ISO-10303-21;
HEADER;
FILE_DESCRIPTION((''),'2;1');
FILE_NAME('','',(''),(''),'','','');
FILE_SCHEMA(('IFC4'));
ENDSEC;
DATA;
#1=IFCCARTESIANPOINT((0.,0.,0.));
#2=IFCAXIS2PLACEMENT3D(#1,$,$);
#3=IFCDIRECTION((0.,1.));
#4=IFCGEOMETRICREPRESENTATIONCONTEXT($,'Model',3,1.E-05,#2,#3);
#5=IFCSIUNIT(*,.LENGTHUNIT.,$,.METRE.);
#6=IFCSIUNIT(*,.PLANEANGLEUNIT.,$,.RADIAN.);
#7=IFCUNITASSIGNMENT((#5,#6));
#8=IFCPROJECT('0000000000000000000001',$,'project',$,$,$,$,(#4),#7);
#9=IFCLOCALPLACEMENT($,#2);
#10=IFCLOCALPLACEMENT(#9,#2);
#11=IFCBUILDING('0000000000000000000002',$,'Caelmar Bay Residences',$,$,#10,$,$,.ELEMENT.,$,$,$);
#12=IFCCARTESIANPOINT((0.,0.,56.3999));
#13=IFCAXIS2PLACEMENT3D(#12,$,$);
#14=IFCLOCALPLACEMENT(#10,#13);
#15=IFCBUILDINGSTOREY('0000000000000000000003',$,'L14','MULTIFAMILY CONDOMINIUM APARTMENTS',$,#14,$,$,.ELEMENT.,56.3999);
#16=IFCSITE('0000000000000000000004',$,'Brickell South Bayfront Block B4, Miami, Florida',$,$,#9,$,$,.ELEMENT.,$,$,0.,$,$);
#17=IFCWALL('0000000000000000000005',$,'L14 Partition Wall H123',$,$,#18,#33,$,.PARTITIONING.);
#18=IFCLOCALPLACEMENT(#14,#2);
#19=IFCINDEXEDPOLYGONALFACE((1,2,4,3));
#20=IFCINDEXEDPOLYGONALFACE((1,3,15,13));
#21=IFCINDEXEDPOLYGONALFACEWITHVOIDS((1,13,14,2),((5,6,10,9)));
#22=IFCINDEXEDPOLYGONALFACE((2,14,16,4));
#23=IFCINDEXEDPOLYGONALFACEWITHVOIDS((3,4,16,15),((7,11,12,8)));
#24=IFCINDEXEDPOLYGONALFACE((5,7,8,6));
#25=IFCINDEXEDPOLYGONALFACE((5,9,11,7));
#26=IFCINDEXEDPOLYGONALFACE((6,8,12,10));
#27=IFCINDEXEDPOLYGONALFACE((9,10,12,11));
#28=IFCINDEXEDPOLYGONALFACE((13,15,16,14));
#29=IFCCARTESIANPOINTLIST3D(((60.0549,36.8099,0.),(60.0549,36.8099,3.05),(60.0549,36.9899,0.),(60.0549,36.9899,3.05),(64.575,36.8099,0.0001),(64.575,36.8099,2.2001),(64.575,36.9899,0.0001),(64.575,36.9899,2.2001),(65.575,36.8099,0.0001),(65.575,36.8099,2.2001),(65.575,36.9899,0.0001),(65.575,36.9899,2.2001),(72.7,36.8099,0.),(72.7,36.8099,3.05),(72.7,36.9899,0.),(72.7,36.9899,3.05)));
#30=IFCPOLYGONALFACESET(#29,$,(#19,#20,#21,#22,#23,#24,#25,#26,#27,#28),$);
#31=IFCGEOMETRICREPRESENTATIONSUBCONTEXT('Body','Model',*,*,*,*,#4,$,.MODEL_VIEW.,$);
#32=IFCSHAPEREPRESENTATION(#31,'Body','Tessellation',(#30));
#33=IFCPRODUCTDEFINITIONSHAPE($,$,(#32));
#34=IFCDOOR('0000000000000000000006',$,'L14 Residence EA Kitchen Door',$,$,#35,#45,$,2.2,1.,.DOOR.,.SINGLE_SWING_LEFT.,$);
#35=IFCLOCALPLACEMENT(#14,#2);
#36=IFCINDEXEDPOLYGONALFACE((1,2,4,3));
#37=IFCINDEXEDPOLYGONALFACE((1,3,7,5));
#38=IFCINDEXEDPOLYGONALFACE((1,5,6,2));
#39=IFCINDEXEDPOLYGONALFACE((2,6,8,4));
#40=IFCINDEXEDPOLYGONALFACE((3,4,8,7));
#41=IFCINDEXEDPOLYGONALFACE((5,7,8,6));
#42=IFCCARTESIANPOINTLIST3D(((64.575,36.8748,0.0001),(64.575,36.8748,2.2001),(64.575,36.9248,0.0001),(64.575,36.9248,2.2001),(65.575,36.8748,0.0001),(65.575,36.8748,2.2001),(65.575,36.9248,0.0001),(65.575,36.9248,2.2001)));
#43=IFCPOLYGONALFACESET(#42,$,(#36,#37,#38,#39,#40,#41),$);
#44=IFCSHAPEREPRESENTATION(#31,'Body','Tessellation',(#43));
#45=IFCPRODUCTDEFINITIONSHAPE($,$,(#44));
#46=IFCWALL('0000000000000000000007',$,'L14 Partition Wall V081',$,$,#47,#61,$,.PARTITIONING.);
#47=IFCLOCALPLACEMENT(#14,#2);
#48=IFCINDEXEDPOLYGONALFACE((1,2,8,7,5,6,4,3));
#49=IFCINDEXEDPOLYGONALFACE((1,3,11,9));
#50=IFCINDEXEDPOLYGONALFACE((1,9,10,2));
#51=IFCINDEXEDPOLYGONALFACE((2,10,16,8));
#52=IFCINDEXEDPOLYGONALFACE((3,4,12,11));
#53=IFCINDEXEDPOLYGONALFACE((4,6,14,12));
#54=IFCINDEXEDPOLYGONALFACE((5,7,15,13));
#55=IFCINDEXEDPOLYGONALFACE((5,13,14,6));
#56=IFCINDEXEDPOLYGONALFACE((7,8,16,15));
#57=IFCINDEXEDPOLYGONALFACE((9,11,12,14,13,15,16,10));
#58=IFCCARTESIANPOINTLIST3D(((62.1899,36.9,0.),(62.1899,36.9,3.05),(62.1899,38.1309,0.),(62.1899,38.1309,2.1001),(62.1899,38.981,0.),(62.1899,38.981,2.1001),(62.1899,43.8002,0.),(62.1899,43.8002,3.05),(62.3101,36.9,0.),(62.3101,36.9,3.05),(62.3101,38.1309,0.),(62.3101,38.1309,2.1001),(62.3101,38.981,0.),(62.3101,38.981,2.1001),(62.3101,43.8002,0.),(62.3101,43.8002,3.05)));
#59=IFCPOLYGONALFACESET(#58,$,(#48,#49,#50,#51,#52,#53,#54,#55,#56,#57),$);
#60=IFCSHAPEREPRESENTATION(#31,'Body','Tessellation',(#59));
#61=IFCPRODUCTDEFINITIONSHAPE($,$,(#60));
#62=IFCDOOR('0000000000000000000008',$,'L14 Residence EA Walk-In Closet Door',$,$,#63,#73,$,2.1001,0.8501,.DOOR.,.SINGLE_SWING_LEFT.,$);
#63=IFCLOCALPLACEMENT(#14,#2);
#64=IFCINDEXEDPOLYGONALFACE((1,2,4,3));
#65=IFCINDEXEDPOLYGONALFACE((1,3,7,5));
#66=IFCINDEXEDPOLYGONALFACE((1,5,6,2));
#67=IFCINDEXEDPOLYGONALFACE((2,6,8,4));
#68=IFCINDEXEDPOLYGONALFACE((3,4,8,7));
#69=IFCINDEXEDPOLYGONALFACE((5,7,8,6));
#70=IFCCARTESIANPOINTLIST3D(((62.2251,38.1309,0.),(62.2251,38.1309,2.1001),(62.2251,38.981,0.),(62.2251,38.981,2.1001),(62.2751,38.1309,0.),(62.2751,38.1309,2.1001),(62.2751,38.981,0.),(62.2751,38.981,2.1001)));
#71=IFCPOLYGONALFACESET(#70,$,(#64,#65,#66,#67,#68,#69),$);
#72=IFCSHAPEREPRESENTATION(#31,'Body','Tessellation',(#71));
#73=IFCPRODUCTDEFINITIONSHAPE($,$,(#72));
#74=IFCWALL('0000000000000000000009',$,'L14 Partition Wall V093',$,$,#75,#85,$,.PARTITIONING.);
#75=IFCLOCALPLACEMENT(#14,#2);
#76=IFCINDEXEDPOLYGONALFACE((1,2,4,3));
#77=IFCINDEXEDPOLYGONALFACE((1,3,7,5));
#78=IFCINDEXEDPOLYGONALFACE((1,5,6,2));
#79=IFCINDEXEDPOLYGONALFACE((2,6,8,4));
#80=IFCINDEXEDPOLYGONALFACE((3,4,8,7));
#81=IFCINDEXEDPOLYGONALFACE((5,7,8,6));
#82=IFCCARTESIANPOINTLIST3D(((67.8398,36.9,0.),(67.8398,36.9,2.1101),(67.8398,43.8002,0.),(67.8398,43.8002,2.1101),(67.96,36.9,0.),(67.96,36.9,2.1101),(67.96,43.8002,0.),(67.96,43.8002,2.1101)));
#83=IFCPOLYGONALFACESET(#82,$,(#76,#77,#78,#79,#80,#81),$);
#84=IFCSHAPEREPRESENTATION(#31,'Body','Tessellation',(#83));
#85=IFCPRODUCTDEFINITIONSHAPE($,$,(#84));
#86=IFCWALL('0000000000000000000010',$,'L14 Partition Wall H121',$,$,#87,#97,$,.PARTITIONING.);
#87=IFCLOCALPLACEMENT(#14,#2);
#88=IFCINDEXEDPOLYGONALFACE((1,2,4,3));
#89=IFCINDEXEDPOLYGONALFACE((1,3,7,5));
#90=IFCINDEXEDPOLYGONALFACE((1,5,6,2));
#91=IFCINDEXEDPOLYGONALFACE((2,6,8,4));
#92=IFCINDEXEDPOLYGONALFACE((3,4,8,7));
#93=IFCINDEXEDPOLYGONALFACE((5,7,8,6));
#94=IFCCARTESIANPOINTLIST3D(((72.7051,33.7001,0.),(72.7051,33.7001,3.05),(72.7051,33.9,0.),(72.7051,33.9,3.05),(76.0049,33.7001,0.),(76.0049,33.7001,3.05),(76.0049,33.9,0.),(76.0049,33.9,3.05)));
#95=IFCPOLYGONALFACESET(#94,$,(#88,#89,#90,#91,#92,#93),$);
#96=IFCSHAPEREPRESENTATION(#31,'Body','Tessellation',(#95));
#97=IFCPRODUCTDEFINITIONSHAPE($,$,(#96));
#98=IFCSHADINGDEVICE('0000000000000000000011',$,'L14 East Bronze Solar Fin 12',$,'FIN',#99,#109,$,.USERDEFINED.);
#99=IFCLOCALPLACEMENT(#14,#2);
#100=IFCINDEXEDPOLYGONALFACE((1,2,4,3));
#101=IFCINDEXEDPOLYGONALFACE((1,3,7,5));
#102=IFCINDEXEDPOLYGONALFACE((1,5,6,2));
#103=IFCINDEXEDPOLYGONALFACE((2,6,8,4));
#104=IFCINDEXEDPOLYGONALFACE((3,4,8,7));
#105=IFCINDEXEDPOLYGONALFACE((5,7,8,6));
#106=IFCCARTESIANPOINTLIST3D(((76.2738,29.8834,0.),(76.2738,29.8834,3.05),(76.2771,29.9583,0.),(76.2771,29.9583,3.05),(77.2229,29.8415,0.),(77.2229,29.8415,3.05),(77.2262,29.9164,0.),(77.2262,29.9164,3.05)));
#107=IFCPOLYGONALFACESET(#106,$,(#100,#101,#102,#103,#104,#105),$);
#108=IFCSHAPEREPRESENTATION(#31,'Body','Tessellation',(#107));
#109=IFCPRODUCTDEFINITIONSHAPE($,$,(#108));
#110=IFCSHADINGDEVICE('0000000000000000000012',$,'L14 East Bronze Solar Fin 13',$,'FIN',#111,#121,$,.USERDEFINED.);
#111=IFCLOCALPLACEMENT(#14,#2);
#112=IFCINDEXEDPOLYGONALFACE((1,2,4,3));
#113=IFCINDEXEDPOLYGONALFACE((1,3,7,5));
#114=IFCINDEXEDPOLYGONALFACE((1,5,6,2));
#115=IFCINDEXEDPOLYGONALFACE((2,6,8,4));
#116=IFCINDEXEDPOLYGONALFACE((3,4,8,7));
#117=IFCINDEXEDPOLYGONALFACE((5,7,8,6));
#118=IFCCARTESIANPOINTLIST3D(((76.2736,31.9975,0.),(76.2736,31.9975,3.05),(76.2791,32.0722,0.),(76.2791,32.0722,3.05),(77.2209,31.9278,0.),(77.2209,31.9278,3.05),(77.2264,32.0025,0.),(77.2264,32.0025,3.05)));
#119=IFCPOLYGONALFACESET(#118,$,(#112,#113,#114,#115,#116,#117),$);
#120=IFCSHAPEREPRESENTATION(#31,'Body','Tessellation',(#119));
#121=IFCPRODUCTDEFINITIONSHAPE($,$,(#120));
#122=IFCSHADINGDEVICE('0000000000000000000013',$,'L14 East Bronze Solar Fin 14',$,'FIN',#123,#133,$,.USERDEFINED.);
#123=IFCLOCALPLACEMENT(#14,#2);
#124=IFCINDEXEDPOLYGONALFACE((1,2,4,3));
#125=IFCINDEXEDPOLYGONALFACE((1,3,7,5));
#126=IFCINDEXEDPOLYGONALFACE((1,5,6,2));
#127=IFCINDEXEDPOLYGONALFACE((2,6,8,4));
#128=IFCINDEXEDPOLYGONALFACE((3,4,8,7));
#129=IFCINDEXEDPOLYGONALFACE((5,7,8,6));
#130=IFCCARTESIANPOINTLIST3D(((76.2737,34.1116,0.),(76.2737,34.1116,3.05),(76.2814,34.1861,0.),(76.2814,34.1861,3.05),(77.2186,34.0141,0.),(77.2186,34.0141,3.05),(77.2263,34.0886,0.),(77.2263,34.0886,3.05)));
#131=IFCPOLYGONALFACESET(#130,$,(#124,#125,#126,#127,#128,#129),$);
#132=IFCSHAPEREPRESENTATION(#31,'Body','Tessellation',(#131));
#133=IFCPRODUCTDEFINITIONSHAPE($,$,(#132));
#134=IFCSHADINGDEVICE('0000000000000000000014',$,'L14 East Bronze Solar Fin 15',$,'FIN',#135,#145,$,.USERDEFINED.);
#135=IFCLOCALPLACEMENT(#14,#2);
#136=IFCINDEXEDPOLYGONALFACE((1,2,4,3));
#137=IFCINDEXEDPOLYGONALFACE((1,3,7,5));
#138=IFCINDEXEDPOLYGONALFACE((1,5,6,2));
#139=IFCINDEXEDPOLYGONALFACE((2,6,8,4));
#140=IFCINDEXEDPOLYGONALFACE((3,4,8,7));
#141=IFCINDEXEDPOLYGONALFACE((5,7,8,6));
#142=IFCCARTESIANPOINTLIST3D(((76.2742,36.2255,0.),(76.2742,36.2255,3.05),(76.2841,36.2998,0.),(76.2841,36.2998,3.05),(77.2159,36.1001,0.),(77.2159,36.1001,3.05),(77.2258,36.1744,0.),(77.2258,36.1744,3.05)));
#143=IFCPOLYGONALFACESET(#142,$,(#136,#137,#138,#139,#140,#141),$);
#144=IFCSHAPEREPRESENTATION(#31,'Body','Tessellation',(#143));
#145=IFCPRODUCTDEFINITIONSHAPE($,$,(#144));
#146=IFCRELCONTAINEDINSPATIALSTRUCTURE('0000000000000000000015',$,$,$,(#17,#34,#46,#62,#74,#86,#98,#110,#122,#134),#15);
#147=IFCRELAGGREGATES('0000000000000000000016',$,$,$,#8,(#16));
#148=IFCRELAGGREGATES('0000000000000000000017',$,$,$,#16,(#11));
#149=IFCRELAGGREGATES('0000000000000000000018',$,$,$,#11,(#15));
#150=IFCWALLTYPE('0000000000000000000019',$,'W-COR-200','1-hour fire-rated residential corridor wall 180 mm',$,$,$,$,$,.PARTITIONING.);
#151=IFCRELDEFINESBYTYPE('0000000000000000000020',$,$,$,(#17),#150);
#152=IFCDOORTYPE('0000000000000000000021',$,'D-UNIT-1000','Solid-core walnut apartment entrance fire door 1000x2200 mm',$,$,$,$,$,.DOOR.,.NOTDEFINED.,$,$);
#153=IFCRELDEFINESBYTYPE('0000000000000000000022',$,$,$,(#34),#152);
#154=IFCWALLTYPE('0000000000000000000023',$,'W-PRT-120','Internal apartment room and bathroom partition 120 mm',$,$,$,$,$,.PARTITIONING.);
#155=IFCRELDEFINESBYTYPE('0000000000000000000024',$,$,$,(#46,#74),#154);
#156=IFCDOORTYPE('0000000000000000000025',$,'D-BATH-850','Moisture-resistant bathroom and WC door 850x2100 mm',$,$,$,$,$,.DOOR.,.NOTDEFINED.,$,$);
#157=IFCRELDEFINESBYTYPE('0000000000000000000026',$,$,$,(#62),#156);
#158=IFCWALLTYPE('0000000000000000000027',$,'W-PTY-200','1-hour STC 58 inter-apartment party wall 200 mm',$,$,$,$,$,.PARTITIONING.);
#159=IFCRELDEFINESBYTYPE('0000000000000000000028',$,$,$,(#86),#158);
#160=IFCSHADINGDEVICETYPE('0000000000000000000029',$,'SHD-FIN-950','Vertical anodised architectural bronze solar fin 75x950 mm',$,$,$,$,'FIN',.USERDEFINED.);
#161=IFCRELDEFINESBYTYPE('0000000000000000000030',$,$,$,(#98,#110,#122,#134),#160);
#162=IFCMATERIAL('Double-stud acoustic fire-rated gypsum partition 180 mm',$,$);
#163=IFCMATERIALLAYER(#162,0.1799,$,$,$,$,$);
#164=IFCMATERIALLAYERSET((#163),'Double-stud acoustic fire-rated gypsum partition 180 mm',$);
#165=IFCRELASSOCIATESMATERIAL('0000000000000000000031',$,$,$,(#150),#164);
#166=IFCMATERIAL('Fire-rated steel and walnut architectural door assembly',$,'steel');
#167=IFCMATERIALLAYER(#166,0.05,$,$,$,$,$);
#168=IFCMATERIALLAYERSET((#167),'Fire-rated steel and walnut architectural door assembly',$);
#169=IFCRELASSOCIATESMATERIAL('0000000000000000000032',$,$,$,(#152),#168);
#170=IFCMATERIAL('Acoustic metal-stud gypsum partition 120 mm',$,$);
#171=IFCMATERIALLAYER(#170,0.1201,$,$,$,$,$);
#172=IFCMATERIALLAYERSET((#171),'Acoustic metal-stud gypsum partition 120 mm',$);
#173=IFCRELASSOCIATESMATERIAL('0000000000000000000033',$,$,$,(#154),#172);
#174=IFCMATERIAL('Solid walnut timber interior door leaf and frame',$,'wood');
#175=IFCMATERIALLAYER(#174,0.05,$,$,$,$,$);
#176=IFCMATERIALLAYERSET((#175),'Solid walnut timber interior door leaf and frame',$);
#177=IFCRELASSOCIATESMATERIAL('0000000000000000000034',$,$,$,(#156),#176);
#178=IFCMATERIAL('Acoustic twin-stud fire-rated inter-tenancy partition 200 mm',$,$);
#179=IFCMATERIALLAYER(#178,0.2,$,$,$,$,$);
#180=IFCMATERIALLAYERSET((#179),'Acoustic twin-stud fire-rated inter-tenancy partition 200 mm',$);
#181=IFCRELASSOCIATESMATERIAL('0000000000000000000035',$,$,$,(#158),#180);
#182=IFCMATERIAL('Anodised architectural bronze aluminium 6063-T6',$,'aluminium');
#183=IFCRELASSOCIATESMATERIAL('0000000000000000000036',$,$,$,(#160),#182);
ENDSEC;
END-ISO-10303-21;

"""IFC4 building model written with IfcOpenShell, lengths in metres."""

from ifc_helpers import new_model, si_unit, direction, frame, frame_2d, origin, origin_2d, place, context, subcontext, project, spatial, rectangle, extrude, material, layer, layer_set, material_profile, profile_set, type_object, element, fill, save


model = new_model("IFC4")

# Units and contexts
model_context = context("Model", 3, precision=1e-05, world=origin(), true_north=direction((0.0, 1.0)))
body_context = subcontext(model_context, "Body", "Model", "MODEL_VIEW")
ifc_project = project(units=[si_unit("LENGTHUNIT", "METRE"), si_unit("PLANEANGLEUNIT", "RADIAN")], contexts=[model_context])

# Site, building, storey
site_placement = place(None, origin())
site = spatial("IfcSite", under=ifc_project, at=site_placement, Name="Brickell South Bayfront Block B4, Miami, Florida", CompositionType="ELEMENT", RefElevation=0.0)
building_placement = place(site_placement, origin())
building = spatial("IfcBuilding", under=site, at=building_placement, Name="Caelmar Bay Residences", CompositionType="ELEMENT")
storey_placement = place(building_placement, frame((0.0, 0.0, 56.3999)))
storey = spatial("IfcBuildingStorey", under=building, at=storey_placement, Name="L14", Description="MULTIFAMILY CONDOMINIUM APARTMENTS", CompositionType="ELEMENT", Elevation=56.3999)

# Shared definitions
ifc_material_1 = material(Name="Double-stud acoustic fire-rated gypsum partition 180 mm")
ifc_layer_1 = layer(ifc_material_1, 0.1799)
ifc_layer_set_1 = layer_set([ifc_layer_1], Name="Double-stud acoustic fire-rated gypsum partition 180 mm")
wall_type_1 = type_object("IfcWallType", Name="W-COR-200", Description="1-hour fire-rated residential corridor wall 180 mm", PredefinedType="PARTITIONING", material=ifc_layer_set_1)

# Walls, openings, doors
wall_1_placement = place(storey_placement, frame((60.0549, 36.8999, 0.0), z_axis=(0.0, 0.0, 1.0), x_axis=(1.0, 0.0, 0.0)))
wall_1 = element("IfcWall", 1, at=wall_1_placement, inside=storey, type_object=wall_type_1, Name="L14 Partition Wall H123", PredefinedType="PARTITIONING", context=body_context, shape_type="SweptSolid", body=[
    extrude(rectangle(XDim=12.645, YDim=0.1799, at=frame_2d((6.3225, 0.0))), origin(), (0.0, 0.0, 1.0), 3.05),
])
opening_1_placement = place(wall_1_placement, frame((4.52, 0.0, 0.0)))
opening_1 = element("IfcOpeningElement", 2, at=opening_1_placement, cuts=wall_1, PredefinedType="OPENING", context=body_context, shape_type="SweptSolid", body=[
    extrude(rectangle(XDim=1.0, YDim=2.2, at=frame_2d((0.5, 1.1001))), frame((0.0, 0.0999, 0.0), z_axis=(0.0, -1.0, 0.0), x_axis=(1.0, 0.0, 0.0)), (0.0, 0.0, 1.0), 0.2),
])
ifc_material_2 = material(Name="Fire-rated steel and walnut architectural door assembly", Category="steel")
ifc_layer_2 = layer(ifc_material_2, 0.05)
ifc_layer_set_2 = layer_set([ifc_layer_2], Name="Fire-rated steel and walnut architectural door assembly")
door_type_1 = type_object("IfcDoorType", Name="D-UNIT-1000", Description="Solid-core walnut apartment entrance fire door 1000x2200 mm", OperationType="NOTDEFINED", PredefinedType="DOOR", material=ifc_layer_set_2)
door_1_placement = place(opening_1_placement, origin())
door_1 = element("IfcDoor", 3, at=door_1_placement, inside=storey, type_object=door_type_1, Name="L14 Residence EA Kitchen Door", OperationType="SINGLE_SWING_LEFT", OverallHeight=2.2, OverallWidth=1.0, PredefinedType="DOOR", context=body_context, shape_type="SweptSolid", body=[
    extrude(rectangle(XDim=1.0, YDim=2.2, at=frame_2d((0.5, 1.1001))), frame((0.0, 0.0249, 0.0), z_axis=(0.0, -1.0, 0.0), x_axis=(1.0, 0.0, 0.0)), (0.0, 0.0, 1.0), 0.05),
])
fill(opening_1, door_1)
ifc_material_3 = material(Name="Acoustic metal-stud gypsum partition 120 mm")
ifc_layer_3 = layer(ifc_material_3, 0.1201)
ifc_layer_set_3 = layer_set([ifc_layer_3], Name="Acoustic metal-stud gypsum partition 120 mm")
wall_type_2 = type_object("IfcWallType", Name="W-PRT-120", Description="Internal apartment room and bathroom partition 120 mm", PredefinedType="PARTITIONING", material=ifc_layer_set_3)
wall_2_placement = place(storey_placement, frame((62.25, 36.8999, 0.0), z_axis=(0.0, 0.0, 1.0), x_axis=(0.0, 1.0, 0.0)))
wall_2 = element("IfcWall", 4, at=wall_2_placement, inside=storey, type_object=wall_type_2, Name="L14 Partition Wall V081", PredefinedType="PARTITIONING", context=body_context, shape_type="SweptSolid", body=[
    extrude(rectangle(XDim=6.9001, YDim=0.1201, at=frame_2d((3.4502, 0.0))), origin(), (0.0, 0.0, 1.0), 3.05),
])
opening_2_placement = place(wall_2_placement, frame((1.231, 0.0, 0.0)))
opening_2 = element("IfcOpeningElement", 5, at=opening_2_placement, cuts=wall_2, PredefinedType="OPENING", context=body_context, shape_type="SweptSolid", body=[
    extrude(rectangle(XDim=0.8501, YDim=2.1001, at=frame_2d((0.425, 1.05))), frame((0.0, 0.0701, 0.0), z_axis=(0.0, -1.0, 0.0), x_axis=(1.0, 0.0, 0.0)), (0.0, 0.0, 1.0), 0.1401),
])
ifc_material_4 = material(Name="Solid walnut timber interior door leaf and frame", Category="wood")
ifc_layer_4 = layer(ifc_material_4, 0.05)
ifc_layer_set_4 = layer_set([ifc_layer_4], Name="Solid walnut timber interior door leaf and frame")
door_type_2 = type_object("IfcDoorType", Name="D-BATH-850", Description="Moisture-resistant bathroom and WC door 850x2100 mm", OperationType="NOTDEFINED", PredefinedType="DOOR", material=ifc_layer_set_4)
door_2_placement = place(opening_2_placement, origin())
door_2 = element("IfcDoor", 6, at=door_2_placement, inside=storey, type_object=door_type_2, Name="L14 Residence EA Walk-In Closet Door", OperationType="SINGLE_SWING_LEFT", OverallHeight=2.1001, OverallWidth=0.8501, PredefinedType="DOOR", context=body_context, shape_type="SweptSolid", body=[
    extrude(rectangle(XDim=0.8501, YDim=2.1001, at=frame_2d((0.425, 1.05))), frame((0.0, 0.0249, 0.0), z_axis=(0.0, -1.0, 0.0), x_axis=(1.0, 0.0, 0.0)), (0.0, 0.0, 1.0), 0.05),
])
fill(opening_2, door_2)

# Walls
wall_3_placement = place(storey_placement, frame((67.8999, 36.8999, 0.0), z_axis=(0.0, 0.0, 1.0), x_axis=(0.0, 1.0, 0.0)))
element("IfcWall", 7, at=wall_3_placement, inside=storey, type_object=wall_type_2, Name="L14 Partition Wall V093", PredefinedType="PARTITIONING", context=body_context, shape_type="SweptSolid", body=[
    extrude(rectangle(XDim=6.9001, YDim=0.1201, at=frame_2d((3.4502, 0.0))), origin(), (0.0, 0.0, 1.0), 2.1101),
])
ifc_material_5 = material(Name="Acoustic twin-stud fire-rated inter-tenancy partition 200 mm")
ifc_layer_5 = layer(ifc_material_5, 0.2)
ifc_layer_set_5 = layer_set([ifc_layer_5], Name="Acoustic twin-stud fire-rated inter-tenancy partition 200 mm")
wall_type_3 = type_object("IfcWallType", Name="W-PTY-200", Description="1-hour STC 58 inter-apartment party wall 200 mm", PredefinedType="PARTITIONING", material=ifc_layer_set_5)
wall_4_placement = place(storey_placement, frame((72.7051, 33.8, 0.0), z_axis=(0.0, 0.0, 1.0), x_axis=(1.0, 0.0, 0.0)))
element("IfcWall", 8, at=wall_4_placement, inside=storey, type_object=wall_type_3, Name="L14 Partition Wall H121", PredefinedType="PARTITIONING", context=body_context, shape_type="SweptSolid", body=[
    extrude(rectangle(XDim=3.2998, YDim=0.2, at=frame_2d((1.6499, 0.0))), origin(), (0.0, 0.0, 1.0), 3.05),
])

# Shading devices
ifc_material_6 = material(Name="Anodised architectural bronze aluminium 6063-T6", Category="aluminium")
ifc_material_profile_1 = material_profile(ifc_material_6, rectangle(XDim=0.075, YDim=0.95, at=origin_2d()), Name="BRONZE-FIN-75X950")
ifc_profile_set_1 = profile_set([ifc_material_profile_1], Name="Anodised architectural bronze aluminium 6063-T6")
shading_device_type = type_object("IfcShadingDeviceType", Name="SHD-FIN-950", Description="Vertical anodised architectural bronze solar fin 75x950 mm", ElementType="FIN", PredefinedType="USERDEFINED", material=ifc_profile_set_1)
for number, where, z_axis, x_axis, name in (
    (9, (76.75, 29.8999, 0.0), (0.0, 0.0, 1.0), (0.044142, 0.999025, 0.0), "L14 East Bronze Solar Fin 12"),
    (10, (76.75, 32.0, 0.0), (0.0, 0.0, 1.0), (0.073412, 0.997302, 0.0), "L14 East Bronze Solar Fin 13"),
    (11, (76.75, 34.1001, 0.0), (0.0, 0.0, 1.0), (0.102619, 0.994721, 0.0), "L14 East Bronze Solar Fin 14"),
    (12, (76.75, 36.2, 0.0), (0.0, 0.0, 1.0), (0.13191, 0.991262, 0.0), "L14 East Bronze Solar Fin 15"),
):
    element("IfcShadingDevice", number, at=place(storey_placement, frame(where, z_axis=z_axis, x_axis=x_axis)), inside=storey, type_object=shading_device_type, Name=name, ObjectType="FIN", PredefinedType="USERDEFINED", context=body_context, shape_type="SweptSolid", body=[
        extrude(rectangle(XDim=0.075, YDim=0.95, at=origin_2d()), origin(), (0.0, 0.0, 1.0), 3.05),
    ])

save(model, "model.ifc")
